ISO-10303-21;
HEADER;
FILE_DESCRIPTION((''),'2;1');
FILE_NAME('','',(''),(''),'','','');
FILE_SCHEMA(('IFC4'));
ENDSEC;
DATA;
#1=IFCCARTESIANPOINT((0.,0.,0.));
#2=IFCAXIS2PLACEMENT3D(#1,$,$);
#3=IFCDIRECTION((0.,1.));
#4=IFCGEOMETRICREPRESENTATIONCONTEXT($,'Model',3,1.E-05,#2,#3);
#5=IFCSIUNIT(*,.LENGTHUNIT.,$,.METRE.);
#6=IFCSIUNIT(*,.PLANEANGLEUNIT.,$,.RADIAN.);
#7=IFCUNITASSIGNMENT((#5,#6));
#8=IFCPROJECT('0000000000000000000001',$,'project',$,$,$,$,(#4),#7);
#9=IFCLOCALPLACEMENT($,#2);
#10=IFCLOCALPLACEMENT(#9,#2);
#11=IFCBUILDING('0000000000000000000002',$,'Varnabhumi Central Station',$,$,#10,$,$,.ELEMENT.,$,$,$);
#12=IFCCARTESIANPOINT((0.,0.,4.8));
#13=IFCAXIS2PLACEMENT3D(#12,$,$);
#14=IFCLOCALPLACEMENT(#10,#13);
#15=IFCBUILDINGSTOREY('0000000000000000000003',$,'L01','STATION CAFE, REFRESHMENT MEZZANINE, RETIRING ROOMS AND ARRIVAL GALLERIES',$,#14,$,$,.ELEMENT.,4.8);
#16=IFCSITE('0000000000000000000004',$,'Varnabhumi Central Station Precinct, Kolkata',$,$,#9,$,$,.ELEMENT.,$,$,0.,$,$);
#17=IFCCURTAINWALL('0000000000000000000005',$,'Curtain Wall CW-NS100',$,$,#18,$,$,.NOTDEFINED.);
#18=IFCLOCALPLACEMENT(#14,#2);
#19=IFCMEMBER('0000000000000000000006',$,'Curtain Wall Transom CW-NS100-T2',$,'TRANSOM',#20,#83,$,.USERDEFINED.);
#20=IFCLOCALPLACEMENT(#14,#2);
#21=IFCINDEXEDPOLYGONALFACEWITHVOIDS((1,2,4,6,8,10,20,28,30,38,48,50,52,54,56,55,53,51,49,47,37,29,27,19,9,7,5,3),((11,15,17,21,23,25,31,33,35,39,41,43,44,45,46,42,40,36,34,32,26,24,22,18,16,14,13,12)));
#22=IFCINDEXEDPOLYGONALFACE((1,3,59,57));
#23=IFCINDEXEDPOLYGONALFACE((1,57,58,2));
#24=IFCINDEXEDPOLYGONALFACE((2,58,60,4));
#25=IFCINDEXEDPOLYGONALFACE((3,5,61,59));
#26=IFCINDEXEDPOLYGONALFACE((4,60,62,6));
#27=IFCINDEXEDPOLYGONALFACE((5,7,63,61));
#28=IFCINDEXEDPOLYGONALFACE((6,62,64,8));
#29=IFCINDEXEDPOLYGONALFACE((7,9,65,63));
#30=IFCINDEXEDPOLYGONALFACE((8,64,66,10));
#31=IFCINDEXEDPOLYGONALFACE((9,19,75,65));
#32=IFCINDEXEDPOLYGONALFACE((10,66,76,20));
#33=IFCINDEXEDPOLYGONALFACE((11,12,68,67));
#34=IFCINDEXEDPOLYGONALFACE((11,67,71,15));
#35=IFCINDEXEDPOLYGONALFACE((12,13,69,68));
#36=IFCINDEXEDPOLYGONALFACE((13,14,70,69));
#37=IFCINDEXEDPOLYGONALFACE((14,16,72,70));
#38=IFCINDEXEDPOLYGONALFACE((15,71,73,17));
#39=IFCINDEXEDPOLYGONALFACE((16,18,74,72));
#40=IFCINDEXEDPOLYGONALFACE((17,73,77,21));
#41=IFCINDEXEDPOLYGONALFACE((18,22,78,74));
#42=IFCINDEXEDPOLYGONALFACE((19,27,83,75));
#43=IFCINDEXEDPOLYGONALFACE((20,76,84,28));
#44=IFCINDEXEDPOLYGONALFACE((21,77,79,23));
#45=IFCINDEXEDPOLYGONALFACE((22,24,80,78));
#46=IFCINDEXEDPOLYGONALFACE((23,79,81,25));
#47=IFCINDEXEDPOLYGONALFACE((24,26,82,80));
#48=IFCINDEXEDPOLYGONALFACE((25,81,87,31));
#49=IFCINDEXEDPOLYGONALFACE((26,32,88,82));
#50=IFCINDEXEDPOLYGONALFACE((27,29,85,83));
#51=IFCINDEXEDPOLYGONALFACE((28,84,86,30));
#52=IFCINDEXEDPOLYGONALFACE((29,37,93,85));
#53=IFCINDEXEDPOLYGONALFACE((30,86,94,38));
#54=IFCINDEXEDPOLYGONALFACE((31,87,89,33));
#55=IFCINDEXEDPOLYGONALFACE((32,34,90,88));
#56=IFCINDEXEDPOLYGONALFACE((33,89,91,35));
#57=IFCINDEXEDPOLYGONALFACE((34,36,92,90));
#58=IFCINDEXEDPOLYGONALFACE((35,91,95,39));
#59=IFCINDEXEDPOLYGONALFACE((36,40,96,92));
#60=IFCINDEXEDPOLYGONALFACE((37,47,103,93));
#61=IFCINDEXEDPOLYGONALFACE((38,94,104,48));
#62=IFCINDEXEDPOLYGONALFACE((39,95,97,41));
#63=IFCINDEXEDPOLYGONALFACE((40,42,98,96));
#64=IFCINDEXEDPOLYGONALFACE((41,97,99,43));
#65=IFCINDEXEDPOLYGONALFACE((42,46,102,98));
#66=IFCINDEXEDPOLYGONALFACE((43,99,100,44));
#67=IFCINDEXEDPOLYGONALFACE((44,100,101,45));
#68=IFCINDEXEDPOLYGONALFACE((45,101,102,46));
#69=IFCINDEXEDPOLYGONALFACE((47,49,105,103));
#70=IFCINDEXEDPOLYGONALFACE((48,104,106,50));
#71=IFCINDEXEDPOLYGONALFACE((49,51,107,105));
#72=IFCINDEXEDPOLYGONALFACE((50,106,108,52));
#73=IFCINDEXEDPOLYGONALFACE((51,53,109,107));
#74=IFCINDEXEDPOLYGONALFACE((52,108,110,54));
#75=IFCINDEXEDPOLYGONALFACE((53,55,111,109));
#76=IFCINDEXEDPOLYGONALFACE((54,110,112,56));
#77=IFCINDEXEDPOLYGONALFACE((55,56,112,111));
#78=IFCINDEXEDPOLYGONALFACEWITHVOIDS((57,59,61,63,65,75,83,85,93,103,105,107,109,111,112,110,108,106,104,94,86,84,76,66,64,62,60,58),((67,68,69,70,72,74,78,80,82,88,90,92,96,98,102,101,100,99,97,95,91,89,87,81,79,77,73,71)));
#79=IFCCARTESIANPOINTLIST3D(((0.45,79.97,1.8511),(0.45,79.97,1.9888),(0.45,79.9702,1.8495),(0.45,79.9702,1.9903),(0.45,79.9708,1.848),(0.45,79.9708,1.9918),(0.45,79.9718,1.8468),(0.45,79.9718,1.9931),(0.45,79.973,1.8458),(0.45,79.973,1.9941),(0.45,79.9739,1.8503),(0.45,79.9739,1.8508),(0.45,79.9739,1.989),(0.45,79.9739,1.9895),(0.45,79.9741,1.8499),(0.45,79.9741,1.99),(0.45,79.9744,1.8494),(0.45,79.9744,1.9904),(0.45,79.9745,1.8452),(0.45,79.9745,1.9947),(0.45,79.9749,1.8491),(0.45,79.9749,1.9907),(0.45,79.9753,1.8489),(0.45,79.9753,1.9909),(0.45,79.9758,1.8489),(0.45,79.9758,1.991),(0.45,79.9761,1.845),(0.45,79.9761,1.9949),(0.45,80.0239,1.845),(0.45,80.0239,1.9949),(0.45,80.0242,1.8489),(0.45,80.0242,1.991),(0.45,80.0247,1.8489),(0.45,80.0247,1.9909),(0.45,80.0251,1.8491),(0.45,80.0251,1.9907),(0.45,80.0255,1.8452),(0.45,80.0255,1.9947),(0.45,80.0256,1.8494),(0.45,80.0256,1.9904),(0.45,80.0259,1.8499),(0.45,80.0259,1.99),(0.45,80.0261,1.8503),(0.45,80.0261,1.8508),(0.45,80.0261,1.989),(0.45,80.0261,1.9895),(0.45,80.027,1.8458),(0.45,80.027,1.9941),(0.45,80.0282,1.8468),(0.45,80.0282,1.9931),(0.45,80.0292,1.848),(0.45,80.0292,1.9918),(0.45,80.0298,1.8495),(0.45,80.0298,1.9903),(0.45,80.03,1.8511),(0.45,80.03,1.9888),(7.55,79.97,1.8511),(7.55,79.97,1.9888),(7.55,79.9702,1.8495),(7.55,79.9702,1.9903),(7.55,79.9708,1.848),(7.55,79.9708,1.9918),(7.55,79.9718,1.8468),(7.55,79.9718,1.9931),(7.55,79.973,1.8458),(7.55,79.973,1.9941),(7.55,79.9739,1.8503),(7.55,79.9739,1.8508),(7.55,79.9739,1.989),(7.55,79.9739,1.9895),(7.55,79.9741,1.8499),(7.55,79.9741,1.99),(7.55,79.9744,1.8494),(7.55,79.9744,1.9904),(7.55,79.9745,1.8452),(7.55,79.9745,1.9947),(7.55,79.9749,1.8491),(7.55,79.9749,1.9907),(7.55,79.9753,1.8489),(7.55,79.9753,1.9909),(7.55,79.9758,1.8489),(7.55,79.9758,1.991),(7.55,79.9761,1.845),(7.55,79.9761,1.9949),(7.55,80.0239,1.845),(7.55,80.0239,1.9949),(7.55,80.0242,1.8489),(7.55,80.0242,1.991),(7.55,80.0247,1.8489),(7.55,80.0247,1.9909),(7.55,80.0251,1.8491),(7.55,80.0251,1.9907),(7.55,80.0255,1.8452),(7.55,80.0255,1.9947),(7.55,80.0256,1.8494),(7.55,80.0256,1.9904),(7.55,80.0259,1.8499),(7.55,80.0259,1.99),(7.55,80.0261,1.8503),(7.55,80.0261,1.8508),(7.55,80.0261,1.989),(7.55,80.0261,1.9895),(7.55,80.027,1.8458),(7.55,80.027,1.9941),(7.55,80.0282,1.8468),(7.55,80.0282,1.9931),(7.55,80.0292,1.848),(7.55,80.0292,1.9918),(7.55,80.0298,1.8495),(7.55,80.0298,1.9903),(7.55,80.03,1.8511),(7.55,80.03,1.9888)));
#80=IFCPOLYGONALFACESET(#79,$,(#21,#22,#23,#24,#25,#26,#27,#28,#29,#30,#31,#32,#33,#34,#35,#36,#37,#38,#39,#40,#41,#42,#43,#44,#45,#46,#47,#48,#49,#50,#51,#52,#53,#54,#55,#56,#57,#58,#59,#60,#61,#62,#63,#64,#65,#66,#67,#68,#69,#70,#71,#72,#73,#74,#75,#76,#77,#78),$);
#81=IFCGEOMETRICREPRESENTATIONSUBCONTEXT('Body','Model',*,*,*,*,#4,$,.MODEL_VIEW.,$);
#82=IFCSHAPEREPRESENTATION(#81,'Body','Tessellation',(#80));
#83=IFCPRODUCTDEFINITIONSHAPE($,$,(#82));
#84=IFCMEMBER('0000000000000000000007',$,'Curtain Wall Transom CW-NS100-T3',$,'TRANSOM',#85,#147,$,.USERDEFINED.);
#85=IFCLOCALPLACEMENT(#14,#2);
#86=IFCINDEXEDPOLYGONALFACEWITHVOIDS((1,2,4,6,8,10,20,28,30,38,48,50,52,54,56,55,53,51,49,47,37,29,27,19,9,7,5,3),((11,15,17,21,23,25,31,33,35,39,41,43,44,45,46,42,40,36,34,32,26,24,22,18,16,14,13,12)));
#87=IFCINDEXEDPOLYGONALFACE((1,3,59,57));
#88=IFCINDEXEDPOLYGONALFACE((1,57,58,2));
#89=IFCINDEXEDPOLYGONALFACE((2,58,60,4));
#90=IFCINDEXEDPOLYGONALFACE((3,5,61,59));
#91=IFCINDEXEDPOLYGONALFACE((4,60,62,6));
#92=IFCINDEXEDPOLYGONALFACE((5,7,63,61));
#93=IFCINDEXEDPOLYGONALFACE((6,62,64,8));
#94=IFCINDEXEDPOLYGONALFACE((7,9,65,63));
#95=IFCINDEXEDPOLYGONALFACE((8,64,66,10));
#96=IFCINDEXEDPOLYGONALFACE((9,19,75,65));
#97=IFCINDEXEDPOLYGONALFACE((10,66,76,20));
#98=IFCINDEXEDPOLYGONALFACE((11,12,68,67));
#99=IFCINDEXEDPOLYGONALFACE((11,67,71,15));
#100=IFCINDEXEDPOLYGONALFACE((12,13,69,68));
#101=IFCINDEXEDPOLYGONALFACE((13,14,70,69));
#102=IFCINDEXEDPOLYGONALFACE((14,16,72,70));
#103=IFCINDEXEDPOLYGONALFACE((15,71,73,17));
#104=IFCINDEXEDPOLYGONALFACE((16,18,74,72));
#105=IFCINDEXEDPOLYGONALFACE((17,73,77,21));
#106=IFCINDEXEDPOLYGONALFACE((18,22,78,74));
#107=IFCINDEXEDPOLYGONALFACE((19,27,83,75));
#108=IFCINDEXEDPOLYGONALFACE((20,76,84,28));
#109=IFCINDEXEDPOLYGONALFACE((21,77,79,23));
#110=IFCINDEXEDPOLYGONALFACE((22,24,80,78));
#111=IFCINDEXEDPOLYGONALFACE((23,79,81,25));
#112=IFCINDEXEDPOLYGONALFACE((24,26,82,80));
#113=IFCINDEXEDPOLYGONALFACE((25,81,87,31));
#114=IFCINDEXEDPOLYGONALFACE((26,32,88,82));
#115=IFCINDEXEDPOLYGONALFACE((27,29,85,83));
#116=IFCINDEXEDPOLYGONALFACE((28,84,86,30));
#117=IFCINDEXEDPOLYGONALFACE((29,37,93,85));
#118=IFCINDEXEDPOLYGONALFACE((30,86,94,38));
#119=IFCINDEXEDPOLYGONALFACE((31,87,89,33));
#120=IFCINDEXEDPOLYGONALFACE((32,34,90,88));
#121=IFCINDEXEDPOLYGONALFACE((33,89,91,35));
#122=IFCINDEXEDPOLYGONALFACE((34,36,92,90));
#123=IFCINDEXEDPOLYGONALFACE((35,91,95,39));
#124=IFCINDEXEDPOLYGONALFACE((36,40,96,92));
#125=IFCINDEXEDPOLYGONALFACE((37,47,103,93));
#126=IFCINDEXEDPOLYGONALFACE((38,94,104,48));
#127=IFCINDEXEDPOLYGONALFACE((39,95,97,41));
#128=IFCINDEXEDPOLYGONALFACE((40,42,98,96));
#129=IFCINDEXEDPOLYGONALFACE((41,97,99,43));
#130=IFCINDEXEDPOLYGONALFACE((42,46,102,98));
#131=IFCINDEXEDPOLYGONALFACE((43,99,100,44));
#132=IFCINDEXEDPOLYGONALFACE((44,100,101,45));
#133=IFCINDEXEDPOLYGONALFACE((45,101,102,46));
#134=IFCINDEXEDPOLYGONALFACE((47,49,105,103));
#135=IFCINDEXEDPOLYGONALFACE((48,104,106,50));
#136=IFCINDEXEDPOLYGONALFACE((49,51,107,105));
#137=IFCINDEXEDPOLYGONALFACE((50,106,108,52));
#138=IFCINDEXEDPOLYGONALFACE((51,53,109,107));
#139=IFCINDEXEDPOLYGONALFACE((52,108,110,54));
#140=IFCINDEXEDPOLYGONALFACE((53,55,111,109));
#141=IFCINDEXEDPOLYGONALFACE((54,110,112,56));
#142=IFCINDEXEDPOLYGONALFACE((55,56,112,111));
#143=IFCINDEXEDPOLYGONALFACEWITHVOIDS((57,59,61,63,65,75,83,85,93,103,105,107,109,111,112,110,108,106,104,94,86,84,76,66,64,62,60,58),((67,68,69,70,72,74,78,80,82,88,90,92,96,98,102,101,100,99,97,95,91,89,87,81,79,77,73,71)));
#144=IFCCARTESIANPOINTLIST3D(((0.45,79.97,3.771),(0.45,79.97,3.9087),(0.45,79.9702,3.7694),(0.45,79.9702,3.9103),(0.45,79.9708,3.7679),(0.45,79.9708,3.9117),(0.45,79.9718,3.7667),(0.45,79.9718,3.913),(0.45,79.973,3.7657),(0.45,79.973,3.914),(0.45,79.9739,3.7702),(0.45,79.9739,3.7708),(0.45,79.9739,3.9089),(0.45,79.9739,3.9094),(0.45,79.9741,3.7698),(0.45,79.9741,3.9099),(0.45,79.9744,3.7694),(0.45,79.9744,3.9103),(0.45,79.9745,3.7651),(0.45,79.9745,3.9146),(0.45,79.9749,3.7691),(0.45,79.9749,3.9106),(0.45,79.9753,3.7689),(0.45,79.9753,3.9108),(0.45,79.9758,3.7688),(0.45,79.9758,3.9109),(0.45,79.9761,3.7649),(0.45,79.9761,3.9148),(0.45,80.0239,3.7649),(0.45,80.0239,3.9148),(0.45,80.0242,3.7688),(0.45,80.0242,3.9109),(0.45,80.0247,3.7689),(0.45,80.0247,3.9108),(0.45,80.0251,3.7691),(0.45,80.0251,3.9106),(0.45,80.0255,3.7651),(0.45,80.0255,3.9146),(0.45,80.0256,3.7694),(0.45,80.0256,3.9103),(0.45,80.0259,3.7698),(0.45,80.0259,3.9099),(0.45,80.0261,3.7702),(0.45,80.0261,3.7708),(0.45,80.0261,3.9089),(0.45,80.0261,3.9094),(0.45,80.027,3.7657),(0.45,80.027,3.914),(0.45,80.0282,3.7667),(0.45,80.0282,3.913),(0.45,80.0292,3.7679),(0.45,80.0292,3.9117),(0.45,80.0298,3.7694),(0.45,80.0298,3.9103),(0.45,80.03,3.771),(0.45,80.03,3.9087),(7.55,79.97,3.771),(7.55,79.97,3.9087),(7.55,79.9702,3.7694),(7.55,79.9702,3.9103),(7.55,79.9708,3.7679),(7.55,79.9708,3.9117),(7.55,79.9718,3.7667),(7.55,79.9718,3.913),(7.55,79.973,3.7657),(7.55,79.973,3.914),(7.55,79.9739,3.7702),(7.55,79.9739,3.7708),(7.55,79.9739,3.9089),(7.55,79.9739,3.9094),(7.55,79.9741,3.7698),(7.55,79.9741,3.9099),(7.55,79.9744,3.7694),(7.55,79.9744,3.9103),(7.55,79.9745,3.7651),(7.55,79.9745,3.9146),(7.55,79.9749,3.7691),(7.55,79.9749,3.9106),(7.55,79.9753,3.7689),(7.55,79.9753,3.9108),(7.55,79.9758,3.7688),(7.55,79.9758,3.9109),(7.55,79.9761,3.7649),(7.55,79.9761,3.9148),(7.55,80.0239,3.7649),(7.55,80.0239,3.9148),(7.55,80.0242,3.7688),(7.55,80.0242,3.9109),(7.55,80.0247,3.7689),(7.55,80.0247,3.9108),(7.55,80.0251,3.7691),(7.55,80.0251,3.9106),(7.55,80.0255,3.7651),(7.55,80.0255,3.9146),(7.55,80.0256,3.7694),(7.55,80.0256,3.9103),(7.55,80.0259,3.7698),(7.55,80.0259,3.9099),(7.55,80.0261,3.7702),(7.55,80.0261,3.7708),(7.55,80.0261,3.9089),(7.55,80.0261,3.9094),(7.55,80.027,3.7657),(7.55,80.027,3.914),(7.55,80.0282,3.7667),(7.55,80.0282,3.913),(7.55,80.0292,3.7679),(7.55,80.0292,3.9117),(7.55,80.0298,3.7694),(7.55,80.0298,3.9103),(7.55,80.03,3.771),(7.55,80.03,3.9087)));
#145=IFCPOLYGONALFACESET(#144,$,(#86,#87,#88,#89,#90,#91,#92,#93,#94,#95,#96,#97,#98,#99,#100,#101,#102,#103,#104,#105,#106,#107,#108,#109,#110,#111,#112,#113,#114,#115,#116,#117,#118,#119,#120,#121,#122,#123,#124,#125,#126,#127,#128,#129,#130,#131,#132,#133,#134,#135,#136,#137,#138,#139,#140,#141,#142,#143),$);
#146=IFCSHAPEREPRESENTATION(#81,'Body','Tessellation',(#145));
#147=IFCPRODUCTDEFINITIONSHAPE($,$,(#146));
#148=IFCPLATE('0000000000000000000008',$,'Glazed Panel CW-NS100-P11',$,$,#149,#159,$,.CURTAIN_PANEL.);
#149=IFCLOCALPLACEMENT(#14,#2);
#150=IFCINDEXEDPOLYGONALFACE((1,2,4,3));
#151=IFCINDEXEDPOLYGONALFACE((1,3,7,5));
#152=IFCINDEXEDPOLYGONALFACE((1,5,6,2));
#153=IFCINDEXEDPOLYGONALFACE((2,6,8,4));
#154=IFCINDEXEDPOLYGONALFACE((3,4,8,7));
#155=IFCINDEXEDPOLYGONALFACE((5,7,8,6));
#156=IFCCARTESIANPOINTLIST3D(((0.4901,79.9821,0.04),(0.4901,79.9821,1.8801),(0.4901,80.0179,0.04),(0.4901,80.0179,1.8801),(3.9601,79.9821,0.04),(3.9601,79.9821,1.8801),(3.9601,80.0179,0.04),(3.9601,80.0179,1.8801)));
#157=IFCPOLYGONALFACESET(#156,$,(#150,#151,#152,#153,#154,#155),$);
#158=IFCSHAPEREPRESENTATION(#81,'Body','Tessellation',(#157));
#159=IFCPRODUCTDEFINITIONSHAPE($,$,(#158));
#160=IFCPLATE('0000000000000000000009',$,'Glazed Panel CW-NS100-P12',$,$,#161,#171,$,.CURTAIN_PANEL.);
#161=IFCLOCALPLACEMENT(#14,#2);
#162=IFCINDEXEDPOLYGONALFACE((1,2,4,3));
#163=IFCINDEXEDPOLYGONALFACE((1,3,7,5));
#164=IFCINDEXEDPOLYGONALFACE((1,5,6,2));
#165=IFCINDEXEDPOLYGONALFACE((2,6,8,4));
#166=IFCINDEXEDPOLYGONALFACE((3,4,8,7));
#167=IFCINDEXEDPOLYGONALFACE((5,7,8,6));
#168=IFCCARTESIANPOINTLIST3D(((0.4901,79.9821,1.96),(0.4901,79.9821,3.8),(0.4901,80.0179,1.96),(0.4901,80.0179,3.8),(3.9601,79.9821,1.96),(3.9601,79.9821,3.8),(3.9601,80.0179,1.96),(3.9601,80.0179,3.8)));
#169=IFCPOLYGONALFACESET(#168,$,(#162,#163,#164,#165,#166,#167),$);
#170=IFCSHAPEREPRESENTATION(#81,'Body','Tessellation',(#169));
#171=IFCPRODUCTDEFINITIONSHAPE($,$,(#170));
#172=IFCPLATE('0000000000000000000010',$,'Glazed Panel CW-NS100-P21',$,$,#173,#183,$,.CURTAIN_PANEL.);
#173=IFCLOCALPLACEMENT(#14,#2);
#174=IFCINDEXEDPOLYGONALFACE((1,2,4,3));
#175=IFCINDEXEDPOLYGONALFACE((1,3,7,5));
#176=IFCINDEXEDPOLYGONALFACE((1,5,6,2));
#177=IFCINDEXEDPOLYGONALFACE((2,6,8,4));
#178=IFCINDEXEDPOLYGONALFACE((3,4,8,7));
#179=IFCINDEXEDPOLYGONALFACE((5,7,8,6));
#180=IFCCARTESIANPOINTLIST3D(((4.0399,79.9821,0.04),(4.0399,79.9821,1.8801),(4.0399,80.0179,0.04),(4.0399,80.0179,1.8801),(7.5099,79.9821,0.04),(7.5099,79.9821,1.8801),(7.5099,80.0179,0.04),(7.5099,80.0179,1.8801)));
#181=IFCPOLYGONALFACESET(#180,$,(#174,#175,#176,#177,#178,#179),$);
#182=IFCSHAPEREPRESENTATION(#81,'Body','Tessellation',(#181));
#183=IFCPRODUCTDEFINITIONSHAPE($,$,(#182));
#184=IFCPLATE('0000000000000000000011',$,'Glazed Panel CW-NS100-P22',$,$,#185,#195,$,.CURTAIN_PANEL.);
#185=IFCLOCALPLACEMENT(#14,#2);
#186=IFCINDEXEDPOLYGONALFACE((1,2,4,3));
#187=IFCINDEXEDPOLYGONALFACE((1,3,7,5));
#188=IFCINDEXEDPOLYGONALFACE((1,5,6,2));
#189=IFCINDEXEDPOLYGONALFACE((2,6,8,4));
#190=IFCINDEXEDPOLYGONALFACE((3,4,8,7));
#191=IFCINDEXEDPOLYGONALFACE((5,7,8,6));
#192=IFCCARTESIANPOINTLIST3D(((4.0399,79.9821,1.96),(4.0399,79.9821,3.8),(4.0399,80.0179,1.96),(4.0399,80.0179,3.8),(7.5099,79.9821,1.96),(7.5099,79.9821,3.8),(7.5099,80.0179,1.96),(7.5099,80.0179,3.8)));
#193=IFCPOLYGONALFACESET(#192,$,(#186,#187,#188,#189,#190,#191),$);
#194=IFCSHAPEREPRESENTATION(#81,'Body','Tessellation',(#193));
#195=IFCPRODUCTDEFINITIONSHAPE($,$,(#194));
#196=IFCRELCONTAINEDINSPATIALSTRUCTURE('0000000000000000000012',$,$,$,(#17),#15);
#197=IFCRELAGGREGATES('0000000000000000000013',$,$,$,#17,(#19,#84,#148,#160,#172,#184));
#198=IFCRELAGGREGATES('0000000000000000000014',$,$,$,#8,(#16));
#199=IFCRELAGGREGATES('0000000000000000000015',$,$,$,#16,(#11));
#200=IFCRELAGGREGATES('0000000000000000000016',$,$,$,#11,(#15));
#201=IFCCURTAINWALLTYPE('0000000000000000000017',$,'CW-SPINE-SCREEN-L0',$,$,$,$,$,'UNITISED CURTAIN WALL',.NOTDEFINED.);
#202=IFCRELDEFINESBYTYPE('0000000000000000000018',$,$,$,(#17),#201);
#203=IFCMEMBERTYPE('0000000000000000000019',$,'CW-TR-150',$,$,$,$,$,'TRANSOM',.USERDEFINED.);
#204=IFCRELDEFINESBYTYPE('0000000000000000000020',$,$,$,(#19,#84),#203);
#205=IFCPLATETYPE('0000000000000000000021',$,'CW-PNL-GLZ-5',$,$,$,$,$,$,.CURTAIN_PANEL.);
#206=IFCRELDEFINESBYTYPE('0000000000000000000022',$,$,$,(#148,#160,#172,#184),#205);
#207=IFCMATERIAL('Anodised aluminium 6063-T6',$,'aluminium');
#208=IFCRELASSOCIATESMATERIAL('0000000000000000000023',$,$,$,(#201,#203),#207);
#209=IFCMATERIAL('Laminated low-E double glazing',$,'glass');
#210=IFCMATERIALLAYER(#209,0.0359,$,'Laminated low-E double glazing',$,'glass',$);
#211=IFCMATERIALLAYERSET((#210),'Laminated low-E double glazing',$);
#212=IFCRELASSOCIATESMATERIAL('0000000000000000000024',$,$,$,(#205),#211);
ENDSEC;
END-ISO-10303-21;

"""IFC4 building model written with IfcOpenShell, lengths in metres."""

from ifc_helpers import new_model, si_unit, direction, frame, origin, origin_2d, place, context, subcontext, project, spatial, rectangle, hollow_rectangle, extrude, material, layer, layer_set, material_profile, profile_set, type_object, element, aggregate, save


model = new_model("IFC4")

# Units and contexts
model_context = context("Model", 3, precision=1e-05, world=origin(), true_north=direction((0.0, 1.0)))
body_context = subcontext(model_context, "Body", "Model", "MODEL_VIEW")
ifc_project = project(units=[si_unit("LENGTHUNIT", "METRE"), si_unit("PLANEANGLEUNIT", "RADIAN")], contexts=[model_context])

# Site, building, storey
site_placement = place(None, origin())
site = spatial("IfcSite", under=ifc_project, at=site_placement, Name="Varnabhumi Central Station Precinct, Kolkata", CompositionType="ELEMENT", RefElevation=0.0)
building_placement = place(site_placement, origin())
building = spatial("IfcBuilding", under=site, at=building_placement, Name="Varnabhumi Central Station", CompositionType="ELEMENT")
storey_placement = place(building_placement, frame((0.0, 0.0, 4.8)))
storey = spatial("IfcBuildingStorey", under=building, at=storey_placement, Name="L01", Description="STATION CAFE, REFRESHMENT MEZZANINE, RETIRING ROOMS AND ARRIVAL GALLERIES", CompositionType="ELEMENT", Elevation=4.8)

# Curtain wall, members, plates
ifc_material_1 = material(Name="Anodised aluminium 6063-T6", Category="aluminium")
curtain_wall_type = type_object("IfcCurtainWallType", Name="CW-SPINE-SCREEN-L0", ElementType="UNITISED CURTAIN WALL", PredefinedType="NOTDEFINED", material=ifc_material_1)
curtain_wall_placement = place(storey_placement, origin())
curtain_wall = element("IfcCurtainWall", 1, at=curtain_wall_placement, inside=storey, type_object=curtain_wall_type, Name="Curtain Wall CW-NS100", PredefinedType="NOTDEFINED")
ifc_material_profile_1 = material_profile(ifc_material_1, hollow_rectangle(XDim=0.0601, YDim=0.1499, WallThickness=0.0039, InnerFilletRadius=0.002, OuterFilletRadius=0.0061, at=origin_2d()), Name="Anodised aluminium 6063-T6", Category="aluminium")
ifc_profile_set_1 = profile_set([ifc_material_profile_1], Name="Anodised aluminium 6063-T6")
member_type_1 = type_object("IfcMemberType", Name="CW-TR-150", ElementType="TRANSOM", PredefinedType="USERDEFINED", material=ifc_profile_set_1)
member_1_placement = place(storey_placement, frame((0.45, 80.0, 1.9199), z_axis=(1.0, 0.0, 0.0), x_axis=(0.0, 1.0, 0.0)))
member_1 = element("IfcMember", 2, at=member_1_placement, type_object=member_type_1, Name="Curtain Wall Transom CW-NS100-T2", ObjectType="TRANSOM", PredefinedType="USERDEFINED", context=body_context, shape_type="SweptSolid", body=[
    extrude(hollow_rectangle(XDim=0.0601, YDim=0.1499, WallThickness=0.0039, InnerFilletRadius=0.002, OuterFilletRadius=0.0061, at=origin_2d()), origin(), (0.0, 0.0, 1.0), 7.1001),
])
member_2_placement = place(storey_placement, frame((0.45, 80.0, 3.8398), z_axis=(1.0, 0.0, 0.0), x_axis=(0.0, 1.0, 0.0)))
member_2 = element("IfcMember", 3, at=member_2_placement, type_object=member_type_1, Name="Curtain Wall Transom CW-NS100-T3", ObjectType="TRANSOM", PredefinedType="USERDEFINED", context=body_context, shape_type="SweptSolid", body=[
    extrude(hollow_rectangle(XDim=0.0601, YDim=0.1499, WallThickness=0.0039, InnerFilletRadius=0.002, OuterFilletRadius=0.0061, at=origin_2d()), origin(), (0.0, 0.0, 1.0), 7.1001),
])
ifc_material_2 = material(Name="Laminated low-E double glazing", Category="glass")
ifc_layer_1 = layer(ifc_material_2, 0.0359, Name="Laminated low-E double glazing", Category="glass")
ifc_layer_set_1 = layer_set([ifc_layer_1], Name="Laminated low-E double glazing")
plate_type_1 = type_object("IfcPlateType", Name="CW-PNL-GLZ-5", PredefinedType="CURTAIN_PANEL", material=ifc_layer_set_1)
plate_1_placement = place(storey_placement, frame((2.2251, 80.0, 0.04), z_axis=(0.0, 0.0, 1.0), x_axis=(1.0, 0.0, 0.0)))
plate_1 = element("IfcPlate", 4, at=plate_1_placement, type_object=plate_type_1, Name="Glazed Panel CW-NS100-P11", PredefinedType="CURTAIN_PANEL", context=body_context, shape_type="SweptSolid", body=[
    extrude(rectangle(XDim=3.47, YDim=0.0359, at=origin_2d()), origin(), (0.0, 0.0, 1.0), 1.8401),
])
plate_2_placement = place(storey_placement, frame((2.2251, 80.0, 1.96), z_axis=(0.0, 0.0, 1.0), x_axis=(1.0, 0.0, 0.0)))
plate_2 = element("IfcPlate", 5, at=plate_2_placement, type_object=plate_type_1, Name="Glazed Panel CW-NS100-P12", PredefinedType="CURTAIN_PANEL", context=body_context, shape_type="SweptSolid", body=[
    extrude(rectangle(XDim=3.47, YDim=0.0359, at=origin_2d()), origin(), (0.0, 0.0, 1.0), 1.8401),
])
plate_3_placement = place(storey_placement, frame((5.7749, 80.0, 0.04), z_axis=(0.0, 0.0, 1.0), x_axis=(1.0, 0.0, 0.0)))
plate_3 = element("IfcPlate", 6, at=plate_3_placement, type_object=plate_type_1, Name="Glazed Panel CW-NS100-P21", PredefinedType="CURTAIN_PANEL", context=body_context, shape_type="SweptSolid", body=[
    extrude(rectangle(XDim=3.47, YDim=0.0359, at=origin_2d()), origin(), (0.0, 0.0, 1.0), 1.8401),
])
plate_4_placement = place(storey_placement, frame((5.7749, 80.0, 1.96), z_axis=(0.0, 0.0, 1.0), x_axis=(1.0, 0.0, 0.0)))
plate_4 = element("IfcPlate", 7, at=plate_4_placement, type_object=plate_type_1, Name="Glazed Panel CW-NS100-P22", PredefinedType="CURTAIN_PANEL", context=body_context, shape_type="SweptSolid", body=[
    extrude(rectangle(XDim=3.47, YDim=0.0359, at=origin_2d()), origin(), (0.0, 0.0, 1.0), 1.8401),
])
aggregate(curtain_wall, [member_1, member_2, plate_1, plate_2, plate_3, plate_4])

save(model, "model.ifc")
